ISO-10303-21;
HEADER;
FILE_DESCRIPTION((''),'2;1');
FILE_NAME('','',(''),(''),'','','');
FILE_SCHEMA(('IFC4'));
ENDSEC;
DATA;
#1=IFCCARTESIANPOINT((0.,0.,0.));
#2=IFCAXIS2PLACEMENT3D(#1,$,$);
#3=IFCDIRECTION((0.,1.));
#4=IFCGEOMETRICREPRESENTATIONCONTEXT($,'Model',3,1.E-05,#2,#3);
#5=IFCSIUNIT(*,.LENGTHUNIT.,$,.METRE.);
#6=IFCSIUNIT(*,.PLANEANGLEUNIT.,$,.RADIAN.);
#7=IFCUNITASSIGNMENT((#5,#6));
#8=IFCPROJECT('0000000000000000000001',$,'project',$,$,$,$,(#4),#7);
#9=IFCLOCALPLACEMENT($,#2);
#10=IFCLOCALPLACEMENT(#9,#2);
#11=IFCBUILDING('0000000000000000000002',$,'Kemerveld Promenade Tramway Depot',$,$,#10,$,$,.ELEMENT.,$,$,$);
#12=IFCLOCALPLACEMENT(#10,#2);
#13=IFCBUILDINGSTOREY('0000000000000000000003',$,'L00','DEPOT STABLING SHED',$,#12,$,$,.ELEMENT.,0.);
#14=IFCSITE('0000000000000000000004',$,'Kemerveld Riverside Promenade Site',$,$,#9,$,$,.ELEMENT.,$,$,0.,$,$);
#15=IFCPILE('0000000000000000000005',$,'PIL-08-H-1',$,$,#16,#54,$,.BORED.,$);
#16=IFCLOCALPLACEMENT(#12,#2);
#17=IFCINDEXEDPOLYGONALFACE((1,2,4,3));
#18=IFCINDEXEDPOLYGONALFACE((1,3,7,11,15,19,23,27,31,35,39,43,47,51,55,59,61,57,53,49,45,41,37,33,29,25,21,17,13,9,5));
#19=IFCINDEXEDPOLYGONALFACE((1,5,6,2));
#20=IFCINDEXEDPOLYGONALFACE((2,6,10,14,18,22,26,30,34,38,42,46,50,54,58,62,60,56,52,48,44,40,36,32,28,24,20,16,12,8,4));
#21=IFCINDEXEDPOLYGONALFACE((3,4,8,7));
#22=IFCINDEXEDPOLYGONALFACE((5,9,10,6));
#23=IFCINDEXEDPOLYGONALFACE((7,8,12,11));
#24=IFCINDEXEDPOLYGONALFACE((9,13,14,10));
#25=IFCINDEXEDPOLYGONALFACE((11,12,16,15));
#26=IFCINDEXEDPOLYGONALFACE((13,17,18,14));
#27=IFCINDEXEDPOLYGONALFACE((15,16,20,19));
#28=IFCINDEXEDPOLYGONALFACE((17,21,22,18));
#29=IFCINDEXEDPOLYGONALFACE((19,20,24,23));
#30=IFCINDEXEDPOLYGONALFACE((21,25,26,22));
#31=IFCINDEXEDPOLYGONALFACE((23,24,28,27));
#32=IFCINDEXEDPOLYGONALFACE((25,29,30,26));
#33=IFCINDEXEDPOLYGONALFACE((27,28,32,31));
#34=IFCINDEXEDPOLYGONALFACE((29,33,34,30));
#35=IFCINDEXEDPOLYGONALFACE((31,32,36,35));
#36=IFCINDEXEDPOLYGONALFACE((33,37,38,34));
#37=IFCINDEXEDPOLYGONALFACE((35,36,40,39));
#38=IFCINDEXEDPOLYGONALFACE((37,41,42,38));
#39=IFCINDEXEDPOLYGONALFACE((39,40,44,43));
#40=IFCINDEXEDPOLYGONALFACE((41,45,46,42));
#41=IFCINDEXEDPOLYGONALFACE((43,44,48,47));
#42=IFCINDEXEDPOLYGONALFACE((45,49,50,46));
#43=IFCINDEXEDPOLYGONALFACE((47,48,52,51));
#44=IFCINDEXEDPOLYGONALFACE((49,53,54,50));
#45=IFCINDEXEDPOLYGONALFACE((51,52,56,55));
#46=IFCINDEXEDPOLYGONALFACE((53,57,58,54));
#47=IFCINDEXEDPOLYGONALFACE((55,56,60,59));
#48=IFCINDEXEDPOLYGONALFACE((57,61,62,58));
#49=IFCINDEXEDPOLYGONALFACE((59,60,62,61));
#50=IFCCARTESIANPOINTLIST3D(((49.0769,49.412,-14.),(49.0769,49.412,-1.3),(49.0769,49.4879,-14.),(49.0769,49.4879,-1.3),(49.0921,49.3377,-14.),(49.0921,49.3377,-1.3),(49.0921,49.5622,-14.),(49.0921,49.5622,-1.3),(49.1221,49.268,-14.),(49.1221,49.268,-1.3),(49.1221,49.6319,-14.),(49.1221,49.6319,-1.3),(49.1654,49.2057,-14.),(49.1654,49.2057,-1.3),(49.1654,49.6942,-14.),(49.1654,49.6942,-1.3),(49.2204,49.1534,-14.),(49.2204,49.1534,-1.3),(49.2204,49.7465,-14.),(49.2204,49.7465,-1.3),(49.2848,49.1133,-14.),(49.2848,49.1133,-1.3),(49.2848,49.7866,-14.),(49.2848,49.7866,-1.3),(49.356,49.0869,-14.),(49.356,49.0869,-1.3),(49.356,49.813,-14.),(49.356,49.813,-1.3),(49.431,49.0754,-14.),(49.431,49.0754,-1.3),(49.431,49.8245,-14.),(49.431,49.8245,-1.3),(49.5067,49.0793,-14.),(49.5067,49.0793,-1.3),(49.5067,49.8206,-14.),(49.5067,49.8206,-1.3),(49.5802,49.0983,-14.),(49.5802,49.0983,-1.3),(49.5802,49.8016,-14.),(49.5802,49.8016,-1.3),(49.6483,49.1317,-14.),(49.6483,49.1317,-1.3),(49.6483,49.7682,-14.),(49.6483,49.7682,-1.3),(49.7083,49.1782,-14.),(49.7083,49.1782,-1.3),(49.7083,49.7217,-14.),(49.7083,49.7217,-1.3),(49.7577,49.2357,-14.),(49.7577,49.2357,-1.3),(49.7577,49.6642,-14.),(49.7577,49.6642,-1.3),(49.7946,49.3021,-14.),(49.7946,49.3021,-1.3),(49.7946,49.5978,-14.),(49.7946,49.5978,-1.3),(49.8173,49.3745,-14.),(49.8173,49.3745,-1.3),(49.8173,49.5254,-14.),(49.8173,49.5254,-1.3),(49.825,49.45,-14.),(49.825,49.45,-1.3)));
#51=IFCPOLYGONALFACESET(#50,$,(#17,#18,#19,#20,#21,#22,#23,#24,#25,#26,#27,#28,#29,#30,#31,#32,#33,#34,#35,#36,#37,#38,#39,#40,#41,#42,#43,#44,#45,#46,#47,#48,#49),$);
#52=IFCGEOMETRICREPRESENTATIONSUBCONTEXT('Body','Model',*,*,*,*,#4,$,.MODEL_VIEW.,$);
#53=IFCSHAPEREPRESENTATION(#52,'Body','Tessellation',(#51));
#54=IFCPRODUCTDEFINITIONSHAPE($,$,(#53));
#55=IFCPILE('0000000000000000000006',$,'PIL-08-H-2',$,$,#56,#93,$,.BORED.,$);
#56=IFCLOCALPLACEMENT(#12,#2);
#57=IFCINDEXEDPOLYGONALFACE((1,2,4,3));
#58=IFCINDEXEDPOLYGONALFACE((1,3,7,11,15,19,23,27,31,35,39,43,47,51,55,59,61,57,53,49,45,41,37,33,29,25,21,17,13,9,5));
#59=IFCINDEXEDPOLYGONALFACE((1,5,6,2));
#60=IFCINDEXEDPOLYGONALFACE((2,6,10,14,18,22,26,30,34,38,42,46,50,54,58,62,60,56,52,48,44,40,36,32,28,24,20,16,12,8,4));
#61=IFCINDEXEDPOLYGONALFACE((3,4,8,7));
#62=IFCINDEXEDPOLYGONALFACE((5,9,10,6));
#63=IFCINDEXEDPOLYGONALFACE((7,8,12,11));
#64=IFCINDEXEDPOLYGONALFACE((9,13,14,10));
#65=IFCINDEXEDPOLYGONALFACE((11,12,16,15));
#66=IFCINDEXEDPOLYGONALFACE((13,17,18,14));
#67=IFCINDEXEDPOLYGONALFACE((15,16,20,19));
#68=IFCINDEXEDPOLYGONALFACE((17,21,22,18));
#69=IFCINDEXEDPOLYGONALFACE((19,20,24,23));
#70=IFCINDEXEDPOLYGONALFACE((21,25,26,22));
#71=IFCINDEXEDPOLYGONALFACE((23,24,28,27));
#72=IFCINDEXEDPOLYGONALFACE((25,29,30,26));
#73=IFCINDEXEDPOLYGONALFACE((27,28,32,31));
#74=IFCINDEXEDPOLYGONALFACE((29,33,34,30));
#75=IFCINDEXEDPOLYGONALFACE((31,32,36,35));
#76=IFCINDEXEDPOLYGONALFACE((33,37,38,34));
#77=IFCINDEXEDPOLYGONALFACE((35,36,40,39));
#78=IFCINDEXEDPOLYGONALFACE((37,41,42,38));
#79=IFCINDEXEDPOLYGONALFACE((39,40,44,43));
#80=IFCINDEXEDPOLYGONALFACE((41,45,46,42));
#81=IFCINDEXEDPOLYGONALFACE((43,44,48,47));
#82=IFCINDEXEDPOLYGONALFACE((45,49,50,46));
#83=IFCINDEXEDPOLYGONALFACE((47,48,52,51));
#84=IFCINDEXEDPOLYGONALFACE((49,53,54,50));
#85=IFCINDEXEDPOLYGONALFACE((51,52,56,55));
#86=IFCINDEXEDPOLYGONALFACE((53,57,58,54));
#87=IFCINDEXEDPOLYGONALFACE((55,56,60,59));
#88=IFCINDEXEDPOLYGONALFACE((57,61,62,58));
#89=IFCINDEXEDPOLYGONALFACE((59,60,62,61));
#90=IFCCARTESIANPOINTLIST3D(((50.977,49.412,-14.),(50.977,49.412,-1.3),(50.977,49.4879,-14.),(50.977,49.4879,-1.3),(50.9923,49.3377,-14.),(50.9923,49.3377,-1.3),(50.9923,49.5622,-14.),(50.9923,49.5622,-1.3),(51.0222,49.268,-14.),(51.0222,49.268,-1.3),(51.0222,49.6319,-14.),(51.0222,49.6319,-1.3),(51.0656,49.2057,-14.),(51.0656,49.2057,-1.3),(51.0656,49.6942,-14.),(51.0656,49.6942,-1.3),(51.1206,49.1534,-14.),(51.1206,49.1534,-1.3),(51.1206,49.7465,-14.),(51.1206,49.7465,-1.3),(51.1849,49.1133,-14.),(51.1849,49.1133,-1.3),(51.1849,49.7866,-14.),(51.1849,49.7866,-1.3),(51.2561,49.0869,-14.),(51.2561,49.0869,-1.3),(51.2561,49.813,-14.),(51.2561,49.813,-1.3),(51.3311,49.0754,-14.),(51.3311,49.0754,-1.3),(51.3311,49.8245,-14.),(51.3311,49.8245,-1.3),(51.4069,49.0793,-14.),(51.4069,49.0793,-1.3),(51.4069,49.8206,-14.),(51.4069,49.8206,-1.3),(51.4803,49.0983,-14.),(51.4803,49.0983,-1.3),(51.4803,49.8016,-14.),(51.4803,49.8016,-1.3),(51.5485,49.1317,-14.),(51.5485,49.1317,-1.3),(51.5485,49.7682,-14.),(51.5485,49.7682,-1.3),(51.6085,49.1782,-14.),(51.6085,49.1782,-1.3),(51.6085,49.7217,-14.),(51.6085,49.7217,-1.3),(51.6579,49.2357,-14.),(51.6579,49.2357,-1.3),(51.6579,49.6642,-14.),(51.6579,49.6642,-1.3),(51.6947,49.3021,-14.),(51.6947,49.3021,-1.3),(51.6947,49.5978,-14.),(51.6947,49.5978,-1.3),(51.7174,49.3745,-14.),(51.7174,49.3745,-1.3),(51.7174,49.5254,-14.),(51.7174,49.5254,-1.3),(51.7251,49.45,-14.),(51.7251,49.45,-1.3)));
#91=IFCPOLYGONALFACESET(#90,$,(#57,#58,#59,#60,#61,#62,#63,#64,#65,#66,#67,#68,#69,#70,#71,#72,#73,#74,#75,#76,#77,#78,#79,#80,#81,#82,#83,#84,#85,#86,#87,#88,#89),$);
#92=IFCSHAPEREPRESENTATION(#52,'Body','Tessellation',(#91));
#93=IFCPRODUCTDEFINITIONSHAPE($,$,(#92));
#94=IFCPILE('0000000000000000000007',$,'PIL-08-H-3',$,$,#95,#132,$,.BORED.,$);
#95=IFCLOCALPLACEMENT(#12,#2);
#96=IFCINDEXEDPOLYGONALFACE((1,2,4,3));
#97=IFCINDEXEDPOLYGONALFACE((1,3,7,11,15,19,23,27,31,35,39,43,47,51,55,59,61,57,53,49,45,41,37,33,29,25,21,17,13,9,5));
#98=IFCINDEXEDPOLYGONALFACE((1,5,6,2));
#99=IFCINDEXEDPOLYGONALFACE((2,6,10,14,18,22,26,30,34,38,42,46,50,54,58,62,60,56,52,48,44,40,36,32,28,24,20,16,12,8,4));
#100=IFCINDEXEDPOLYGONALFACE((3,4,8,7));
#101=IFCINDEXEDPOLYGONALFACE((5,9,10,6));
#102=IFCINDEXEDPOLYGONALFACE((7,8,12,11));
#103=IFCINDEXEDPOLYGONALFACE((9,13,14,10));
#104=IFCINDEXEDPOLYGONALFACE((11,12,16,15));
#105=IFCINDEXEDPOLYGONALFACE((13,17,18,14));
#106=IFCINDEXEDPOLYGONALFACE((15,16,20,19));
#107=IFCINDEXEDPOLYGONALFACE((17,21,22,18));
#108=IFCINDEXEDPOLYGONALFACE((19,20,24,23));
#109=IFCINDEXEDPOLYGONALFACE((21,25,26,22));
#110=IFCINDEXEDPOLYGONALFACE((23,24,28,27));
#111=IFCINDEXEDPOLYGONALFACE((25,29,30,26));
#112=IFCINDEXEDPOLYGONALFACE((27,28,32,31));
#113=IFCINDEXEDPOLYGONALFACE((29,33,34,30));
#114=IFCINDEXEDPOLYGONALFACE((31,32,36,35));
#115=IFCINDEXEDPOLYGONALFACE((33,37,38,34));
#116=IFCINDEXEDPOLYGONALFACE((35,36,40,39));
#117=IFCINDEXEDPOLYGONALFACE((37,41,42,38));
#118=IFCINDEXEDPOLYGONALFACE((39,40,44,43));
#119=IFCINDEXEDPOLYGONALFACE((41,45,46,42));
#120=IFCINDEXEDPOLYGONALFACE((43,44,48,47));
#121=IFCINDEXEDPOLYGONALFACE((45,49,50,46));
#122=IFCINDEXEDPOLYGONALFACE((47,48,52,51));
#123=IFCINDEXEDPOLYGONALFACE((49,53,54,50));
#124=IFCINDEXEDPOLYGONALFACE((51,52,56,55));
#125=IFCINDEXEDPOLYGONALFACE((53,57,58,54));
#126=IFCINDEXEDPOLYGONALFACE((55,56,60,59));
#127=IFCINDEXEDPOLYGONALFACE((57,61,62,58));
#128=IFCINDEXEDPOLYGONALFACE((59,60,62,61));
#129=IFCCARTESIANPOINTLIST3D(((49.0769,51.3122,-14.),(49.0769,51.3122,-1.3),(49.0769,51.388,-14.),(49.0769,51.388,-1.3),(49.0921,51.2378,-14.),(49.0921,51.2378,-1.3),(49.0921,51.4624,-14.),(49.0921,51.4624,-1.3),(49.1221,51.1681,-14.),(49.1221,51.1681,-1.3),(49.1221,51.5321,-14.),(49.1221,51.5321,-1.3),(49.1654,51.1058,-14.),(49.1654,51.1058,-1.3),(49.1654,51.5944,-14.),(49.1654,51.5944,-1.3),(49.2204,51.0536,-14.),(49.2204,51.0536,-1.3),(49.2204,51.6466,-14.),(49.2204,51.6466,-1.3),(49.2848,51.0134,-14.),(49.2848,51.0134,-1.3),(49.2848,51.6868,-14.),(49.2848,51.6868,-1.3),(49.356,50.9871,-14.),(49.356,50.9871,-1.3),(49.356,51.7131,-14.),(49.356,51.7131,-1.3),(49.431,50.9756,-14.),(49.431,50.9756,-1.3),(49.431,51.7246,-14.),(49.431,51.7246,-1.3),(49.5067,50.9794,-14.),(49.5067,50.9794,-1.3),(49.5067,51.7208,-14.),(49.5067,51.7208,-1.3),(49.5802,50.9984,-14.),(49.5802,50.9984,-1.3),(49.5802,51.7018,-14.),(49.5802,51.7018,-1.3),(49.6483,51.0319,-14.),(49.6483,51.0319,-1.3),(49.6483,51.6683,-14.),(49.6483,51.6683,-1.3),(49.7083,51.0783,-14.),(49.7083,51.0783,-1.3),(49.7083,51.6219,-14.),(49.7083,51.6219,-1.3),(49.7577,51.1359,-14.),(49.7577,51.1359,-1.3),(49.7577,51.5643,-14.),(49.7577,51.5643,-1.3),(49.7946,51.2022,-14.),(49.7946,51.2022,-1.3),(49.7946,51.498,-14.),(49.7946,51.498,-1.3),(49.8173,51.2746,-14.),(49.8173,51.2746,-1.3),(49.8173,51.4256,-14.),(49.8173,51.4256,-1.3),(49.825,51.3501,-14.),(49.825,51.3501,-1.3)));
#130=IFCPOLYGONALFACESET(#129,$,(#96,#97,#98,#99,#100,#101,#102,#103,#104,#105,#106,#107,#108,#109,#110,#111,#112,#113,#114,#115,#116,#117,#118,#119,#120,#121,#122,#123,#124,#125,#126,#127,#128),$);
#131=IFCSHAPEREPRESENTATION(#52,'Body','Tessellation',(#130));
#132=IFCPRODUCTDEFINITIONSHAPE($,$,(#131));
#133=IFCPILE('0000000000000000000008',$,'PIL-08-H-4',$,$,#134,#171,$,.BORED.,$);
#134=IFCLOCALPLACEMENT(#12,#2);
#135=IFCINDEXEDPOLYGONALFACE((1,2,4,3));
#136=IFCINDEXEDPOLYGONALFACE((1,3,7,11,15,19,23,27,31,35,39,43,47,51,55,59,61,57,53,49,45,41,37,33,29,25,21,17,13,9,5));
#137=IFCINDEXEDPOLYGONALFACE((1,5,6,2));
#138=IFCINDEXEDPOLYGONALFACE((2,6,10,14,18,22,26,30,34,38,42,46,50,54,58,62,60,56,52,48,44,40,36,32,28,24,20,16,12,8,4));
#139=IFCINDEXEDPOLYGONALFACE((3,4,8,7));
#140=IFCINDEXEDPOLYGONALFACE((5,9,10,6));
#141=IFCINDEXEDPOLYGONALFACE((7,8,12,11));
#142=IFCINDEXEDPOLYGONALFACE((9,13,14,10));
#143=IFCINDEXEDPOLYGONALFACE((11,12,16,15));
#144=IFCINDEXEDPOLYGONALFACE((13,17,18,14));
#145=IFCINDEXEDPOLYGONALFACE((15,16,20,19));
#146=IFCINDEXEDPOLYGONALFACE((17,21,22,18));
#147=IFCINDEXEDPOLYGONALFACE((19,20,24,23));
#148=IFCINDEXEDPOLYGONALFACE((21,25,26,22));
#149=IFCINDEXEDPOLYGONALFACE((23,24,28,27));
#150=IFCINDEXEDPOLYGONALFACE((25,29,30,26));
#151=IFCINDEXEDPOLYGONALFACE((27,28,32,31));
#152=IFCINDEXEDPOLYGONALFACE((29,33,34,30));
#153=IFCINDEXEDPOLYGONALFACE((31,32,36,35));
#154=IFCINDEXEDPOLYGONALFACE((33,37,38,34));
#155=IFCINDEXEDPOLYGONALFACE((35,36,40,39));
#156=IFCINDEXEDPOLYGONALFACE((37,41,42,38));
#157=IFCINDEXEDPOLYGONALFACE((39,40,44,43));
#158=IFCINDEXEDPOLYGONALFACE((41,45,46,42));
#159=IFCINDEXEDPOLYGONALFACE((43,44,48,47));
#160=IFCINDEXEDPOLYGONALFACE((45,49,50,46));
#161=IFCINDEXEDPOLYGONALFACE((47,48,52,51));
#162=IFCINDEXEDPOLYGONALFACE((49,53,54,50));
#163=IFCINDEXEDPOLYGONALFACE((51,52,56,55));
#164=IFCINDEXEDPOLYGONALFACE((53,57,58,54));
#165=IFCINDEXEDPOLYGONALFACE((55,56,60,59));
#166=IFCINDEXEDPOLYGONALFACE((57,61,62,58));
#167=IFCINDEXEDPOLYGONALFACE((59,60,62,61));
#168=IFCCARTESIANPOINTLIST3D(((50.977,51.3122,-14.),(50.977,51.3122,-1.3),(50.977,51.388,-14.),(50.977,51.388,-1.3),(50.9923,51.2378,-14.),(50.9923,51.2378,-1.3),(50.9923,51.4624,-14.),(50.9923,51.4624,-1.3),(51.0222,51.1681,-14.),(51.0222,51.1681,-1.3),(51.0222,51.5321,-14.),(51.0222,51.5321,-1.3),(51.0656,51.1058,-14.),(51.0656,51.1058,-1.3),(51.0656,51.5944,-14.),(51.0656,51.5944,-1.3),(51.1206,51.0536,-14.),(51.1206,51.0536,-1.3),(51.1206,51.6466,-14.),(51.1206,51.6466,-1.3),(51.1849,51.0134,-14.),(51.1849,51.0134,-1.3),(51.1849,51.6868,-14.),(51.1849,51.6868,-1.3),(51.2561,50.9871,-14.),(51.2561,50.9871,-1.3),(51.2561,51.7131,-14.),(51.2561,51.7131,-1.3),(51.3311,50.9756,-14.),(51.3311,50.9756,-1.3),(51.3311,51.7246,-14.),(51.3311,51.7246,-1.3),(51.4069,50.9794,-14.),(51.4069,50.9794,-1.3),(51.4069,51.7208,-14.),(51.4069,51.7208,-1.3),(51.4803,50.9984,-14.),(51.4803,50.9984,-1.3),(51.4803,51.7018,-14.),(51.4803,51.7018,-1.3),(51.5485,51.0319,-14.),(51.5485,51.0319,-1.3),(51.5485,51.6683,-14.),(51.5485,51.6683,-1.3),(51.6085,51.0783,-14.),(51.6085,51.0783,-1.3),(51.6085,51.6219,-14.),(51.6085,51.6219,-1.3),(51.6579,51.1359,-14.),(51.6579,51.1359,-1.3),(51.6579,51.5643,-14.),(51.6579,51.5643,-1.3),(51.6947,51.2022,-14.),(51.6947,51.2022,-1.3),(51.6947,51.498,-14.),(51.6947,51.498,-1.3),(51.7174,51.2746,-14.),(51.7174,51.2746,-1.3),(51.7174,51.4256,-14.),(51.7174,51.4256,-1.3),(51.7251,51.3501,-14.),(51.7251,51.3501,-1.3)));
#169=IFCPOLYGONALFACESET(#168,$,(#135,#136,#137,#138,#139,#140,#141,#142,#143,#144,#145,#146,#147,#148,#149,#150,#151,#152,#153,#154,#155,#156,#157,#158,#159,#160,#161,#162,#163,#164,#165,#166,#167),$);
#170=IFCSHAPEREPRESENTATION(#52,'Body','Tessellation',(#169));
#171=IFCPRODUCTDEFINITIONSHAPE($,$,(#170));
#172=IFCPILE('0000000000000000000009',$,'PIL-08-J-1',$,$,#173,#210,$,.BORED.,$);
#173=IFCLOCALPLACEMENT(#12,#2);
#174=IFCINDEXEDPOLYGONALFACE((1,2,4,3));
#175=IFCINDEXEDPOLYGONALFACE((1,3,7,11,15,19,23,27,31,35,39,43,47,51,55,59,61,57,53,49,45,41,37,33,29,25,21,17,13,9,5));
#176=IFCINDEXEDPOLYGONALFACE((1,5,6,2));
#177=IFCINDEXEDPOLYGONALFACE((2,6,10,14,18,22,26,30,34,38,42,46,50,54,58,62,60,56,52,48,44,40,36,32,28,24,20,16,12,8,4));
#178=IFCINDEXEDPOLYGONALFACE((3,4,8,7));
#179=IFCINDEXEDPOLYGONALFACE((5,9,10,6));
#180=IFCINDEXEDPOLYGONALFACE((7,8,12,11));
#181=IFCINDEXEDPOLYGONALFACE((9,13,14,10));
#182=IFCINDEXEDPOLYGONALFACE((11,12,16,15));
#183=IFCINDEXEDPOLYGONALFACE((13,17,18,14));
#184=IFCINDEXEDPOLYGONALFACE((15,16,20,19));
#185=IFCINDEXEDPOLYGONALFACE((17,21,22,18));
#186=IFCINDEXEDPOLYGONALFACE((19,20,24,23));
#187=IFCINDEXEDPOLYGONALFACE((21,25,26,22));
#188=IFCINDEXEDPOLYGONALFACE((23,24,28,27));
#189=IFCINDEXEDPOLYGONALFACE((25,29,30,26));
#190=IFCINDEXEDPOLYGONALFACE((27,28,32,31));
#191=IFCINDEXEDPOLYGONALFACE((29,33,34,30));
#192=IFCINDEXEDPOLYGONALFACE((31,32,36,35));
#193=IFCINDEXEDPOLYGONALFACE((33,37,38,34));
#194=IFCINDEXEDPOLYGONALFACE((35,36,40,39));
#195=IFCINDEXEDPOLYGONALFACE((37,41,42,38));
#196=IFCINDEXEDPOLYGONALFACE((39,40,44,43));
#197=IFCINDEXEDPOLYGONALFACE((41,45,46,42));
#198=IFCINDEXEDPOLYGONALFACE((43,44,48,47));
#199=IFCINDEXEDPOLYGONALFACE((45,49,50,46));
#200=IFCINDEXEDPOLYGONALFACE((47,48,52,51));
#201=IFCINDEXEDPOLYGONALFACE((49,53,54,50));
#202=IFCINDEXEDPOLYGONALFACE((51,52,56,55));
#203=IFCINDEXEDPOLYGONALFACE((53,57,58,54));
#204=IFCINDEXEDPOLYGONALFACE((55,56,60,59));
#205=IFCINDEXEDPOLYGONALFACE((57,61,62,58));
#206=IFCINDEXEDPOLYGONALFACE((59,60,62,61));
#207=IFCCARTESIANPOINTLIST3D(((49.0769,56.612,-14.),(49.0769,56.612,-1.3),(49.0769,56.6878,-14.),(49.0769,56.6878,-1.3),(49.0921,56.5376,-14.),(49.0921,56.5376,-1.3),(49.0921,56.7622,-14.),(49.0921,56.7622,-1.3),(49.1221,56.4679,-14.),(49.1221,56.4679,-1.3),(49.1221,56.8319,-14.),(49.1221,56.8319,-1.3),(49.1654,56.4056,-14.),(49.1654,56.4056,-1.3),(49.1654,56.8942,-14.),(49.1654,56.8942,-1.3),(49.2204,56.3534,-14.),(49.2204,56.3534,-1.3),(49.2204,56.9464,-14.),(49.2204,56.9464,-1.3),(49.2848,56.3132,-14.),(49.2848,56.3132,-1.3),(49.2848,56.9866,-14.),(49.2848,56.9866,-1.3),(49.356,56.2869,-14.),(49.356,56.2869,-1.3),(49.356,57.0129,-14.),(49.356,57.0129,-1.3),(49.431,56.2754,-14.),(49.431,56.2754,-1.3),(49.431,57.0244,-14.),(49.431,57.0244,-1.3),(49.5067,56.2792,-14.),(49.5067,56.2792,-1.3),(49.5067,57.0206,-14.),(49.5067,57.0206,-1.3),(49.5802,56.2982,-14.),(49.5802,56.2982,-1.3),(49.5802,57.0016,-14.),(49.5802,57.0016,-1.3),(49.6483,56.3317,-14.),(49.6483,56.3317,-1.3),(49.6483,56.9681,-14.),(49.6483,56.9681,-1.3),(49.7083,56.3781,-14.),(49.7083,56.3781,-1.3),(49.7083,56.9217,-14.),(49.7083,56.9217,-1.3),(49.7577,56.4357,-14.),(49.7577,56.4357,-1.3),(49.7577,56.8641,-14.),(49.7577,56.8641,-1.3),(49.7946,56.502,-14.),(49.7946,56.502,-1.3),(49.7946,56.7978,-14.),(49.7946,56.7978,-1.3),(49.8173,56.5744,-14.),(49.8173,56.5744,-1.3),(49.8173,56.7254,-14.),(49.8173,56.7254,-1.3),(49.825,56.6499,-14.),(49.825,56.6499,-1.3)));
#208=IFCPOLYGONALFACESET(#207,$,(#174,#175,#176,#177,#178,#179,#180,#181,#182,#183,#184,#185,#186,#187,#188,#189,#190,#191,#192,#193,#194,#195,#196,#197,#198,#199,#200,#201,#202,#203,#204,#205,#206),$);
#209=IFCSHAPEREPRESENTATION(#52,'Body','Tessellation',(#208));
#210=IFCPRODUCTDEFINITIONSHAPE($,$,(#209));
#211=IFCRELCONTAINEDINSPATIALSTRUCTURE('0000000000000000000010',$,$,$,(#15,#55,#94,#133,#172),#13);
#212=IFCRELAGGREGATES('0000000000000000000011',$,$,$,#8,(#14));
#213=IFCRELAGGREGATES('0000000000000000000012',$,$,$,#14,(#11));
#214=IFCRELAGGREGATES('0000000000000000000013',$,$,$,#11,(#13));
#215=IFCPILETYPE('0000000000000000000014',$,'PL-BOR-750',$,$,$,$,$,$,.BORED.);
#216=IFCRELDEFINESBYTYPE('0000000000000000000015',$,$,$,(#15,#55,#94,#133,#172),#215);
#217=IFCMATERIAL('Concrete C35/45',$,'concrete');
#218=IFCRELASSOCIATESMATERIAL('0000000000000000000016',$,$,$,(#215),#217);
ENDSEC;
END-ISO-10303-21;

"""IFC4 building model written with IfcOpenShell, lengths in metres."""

from ifc_helpers import new_model, si_unit, direction, frame, origin, origin_2d, place, context, subcontext, project, spatial, circle, extrude, material, material_profile, profile_set, type_object, element, save


model = new_model("IFC4")

# Units and contexts
model_context = context("Model", 3, precision=1e-05, world=origin(), true_north=direction((0.0, 1.0)))
body_context = subcontext(model_context, "Body", "Model", "MODEL_VIEW")
ifc_project = project(units=[si_unit("LENGTHUNIT", "METRE"), si_unit("PLANEANGLEUNIT", "RADIAN")], contexts=[model_context])

# Site, building, storey
site_placement = place(None, origin())
site = spatial("IfcSite", under=ifc_project, at=site_placement, Name="Kemerveld Riverside Promenade Site", CompositionType="ELEMENT", RefElevation=0.0)
building_placement = place(site_placement, origin())
building = spatial("IfcBuilding", under=site, at=building_placement, Name="Kemerveld Promenade Tramway Depot", CompositionType="ELEMENT")
storey_placement = place(building_placement, origin())
storey = spatial("IfcBuildingStorey", under=building, at=storey_placement, Name="L00", Description="DEPOT STABLING SHED", CompositionType="ELEMENT", Elevation=0.0)

# Shared definitions
ifc_material_1 = material(Name="Concrete C35/45", Category="concrete")

# Piles
ifc_material_profile_1 = material_profile(ifc_material_1, circle(Radius=0.375, at=origin_2d()), Name="PILE-D750")
ifc_profile_set_1 = profile_set([ifc_material_profile_1], Name="Concrete C35/45")
pile_type_1 = type_object("IfcPileType", Name="PL-BOR-750", PredefinedType="BORED", material=ifc_profile_set_1)
for number, where, z_axis, x_axis, name in (
    (1, (49.45, 49.45, -1.3), (0.0, 0.0, -1.0), (1.0, 0.0, 0.0), "PIL-08-H-1"),
    (2, (51.3501, 49.45, -1.3), (0.0, 0.0, -1.0), (1.0, 0.0, 0.0), "PIL-08-H-2"),
    (3, (49.45, 51.3501, -1.3), (0.0, 0.0, -1.0), (1.0, 0.0, 0.0), "PIL-08-H-3"),
    (4, (51.3501, 51.3501, -1.3), (0.0, 0.0, -1.0), (1.0, 0.0, 0.0), "PIL-08-H-4"),
    (5, (49.45, 56.6499, -1.3), (0.0, 0.0, -1.0), (1.0, 0.0, 0.0), "PIL-08-J-1"),
):
    element("IfcPile", number, at=place(storey_placement, frame(where, z_axis=z_axis, x_axis=x_axis)), inside=storey, type_object=pile_type_1, Name=name, PredefinedType="BORED", context=body_context, shape_type="SweptSolid", body=[
        extrude(circle(Radius=0.375, at=origin_2d()), origin(), (0.0, 0.0, 1.0), 12.7),
    ])

save(model, "model.ifc")
